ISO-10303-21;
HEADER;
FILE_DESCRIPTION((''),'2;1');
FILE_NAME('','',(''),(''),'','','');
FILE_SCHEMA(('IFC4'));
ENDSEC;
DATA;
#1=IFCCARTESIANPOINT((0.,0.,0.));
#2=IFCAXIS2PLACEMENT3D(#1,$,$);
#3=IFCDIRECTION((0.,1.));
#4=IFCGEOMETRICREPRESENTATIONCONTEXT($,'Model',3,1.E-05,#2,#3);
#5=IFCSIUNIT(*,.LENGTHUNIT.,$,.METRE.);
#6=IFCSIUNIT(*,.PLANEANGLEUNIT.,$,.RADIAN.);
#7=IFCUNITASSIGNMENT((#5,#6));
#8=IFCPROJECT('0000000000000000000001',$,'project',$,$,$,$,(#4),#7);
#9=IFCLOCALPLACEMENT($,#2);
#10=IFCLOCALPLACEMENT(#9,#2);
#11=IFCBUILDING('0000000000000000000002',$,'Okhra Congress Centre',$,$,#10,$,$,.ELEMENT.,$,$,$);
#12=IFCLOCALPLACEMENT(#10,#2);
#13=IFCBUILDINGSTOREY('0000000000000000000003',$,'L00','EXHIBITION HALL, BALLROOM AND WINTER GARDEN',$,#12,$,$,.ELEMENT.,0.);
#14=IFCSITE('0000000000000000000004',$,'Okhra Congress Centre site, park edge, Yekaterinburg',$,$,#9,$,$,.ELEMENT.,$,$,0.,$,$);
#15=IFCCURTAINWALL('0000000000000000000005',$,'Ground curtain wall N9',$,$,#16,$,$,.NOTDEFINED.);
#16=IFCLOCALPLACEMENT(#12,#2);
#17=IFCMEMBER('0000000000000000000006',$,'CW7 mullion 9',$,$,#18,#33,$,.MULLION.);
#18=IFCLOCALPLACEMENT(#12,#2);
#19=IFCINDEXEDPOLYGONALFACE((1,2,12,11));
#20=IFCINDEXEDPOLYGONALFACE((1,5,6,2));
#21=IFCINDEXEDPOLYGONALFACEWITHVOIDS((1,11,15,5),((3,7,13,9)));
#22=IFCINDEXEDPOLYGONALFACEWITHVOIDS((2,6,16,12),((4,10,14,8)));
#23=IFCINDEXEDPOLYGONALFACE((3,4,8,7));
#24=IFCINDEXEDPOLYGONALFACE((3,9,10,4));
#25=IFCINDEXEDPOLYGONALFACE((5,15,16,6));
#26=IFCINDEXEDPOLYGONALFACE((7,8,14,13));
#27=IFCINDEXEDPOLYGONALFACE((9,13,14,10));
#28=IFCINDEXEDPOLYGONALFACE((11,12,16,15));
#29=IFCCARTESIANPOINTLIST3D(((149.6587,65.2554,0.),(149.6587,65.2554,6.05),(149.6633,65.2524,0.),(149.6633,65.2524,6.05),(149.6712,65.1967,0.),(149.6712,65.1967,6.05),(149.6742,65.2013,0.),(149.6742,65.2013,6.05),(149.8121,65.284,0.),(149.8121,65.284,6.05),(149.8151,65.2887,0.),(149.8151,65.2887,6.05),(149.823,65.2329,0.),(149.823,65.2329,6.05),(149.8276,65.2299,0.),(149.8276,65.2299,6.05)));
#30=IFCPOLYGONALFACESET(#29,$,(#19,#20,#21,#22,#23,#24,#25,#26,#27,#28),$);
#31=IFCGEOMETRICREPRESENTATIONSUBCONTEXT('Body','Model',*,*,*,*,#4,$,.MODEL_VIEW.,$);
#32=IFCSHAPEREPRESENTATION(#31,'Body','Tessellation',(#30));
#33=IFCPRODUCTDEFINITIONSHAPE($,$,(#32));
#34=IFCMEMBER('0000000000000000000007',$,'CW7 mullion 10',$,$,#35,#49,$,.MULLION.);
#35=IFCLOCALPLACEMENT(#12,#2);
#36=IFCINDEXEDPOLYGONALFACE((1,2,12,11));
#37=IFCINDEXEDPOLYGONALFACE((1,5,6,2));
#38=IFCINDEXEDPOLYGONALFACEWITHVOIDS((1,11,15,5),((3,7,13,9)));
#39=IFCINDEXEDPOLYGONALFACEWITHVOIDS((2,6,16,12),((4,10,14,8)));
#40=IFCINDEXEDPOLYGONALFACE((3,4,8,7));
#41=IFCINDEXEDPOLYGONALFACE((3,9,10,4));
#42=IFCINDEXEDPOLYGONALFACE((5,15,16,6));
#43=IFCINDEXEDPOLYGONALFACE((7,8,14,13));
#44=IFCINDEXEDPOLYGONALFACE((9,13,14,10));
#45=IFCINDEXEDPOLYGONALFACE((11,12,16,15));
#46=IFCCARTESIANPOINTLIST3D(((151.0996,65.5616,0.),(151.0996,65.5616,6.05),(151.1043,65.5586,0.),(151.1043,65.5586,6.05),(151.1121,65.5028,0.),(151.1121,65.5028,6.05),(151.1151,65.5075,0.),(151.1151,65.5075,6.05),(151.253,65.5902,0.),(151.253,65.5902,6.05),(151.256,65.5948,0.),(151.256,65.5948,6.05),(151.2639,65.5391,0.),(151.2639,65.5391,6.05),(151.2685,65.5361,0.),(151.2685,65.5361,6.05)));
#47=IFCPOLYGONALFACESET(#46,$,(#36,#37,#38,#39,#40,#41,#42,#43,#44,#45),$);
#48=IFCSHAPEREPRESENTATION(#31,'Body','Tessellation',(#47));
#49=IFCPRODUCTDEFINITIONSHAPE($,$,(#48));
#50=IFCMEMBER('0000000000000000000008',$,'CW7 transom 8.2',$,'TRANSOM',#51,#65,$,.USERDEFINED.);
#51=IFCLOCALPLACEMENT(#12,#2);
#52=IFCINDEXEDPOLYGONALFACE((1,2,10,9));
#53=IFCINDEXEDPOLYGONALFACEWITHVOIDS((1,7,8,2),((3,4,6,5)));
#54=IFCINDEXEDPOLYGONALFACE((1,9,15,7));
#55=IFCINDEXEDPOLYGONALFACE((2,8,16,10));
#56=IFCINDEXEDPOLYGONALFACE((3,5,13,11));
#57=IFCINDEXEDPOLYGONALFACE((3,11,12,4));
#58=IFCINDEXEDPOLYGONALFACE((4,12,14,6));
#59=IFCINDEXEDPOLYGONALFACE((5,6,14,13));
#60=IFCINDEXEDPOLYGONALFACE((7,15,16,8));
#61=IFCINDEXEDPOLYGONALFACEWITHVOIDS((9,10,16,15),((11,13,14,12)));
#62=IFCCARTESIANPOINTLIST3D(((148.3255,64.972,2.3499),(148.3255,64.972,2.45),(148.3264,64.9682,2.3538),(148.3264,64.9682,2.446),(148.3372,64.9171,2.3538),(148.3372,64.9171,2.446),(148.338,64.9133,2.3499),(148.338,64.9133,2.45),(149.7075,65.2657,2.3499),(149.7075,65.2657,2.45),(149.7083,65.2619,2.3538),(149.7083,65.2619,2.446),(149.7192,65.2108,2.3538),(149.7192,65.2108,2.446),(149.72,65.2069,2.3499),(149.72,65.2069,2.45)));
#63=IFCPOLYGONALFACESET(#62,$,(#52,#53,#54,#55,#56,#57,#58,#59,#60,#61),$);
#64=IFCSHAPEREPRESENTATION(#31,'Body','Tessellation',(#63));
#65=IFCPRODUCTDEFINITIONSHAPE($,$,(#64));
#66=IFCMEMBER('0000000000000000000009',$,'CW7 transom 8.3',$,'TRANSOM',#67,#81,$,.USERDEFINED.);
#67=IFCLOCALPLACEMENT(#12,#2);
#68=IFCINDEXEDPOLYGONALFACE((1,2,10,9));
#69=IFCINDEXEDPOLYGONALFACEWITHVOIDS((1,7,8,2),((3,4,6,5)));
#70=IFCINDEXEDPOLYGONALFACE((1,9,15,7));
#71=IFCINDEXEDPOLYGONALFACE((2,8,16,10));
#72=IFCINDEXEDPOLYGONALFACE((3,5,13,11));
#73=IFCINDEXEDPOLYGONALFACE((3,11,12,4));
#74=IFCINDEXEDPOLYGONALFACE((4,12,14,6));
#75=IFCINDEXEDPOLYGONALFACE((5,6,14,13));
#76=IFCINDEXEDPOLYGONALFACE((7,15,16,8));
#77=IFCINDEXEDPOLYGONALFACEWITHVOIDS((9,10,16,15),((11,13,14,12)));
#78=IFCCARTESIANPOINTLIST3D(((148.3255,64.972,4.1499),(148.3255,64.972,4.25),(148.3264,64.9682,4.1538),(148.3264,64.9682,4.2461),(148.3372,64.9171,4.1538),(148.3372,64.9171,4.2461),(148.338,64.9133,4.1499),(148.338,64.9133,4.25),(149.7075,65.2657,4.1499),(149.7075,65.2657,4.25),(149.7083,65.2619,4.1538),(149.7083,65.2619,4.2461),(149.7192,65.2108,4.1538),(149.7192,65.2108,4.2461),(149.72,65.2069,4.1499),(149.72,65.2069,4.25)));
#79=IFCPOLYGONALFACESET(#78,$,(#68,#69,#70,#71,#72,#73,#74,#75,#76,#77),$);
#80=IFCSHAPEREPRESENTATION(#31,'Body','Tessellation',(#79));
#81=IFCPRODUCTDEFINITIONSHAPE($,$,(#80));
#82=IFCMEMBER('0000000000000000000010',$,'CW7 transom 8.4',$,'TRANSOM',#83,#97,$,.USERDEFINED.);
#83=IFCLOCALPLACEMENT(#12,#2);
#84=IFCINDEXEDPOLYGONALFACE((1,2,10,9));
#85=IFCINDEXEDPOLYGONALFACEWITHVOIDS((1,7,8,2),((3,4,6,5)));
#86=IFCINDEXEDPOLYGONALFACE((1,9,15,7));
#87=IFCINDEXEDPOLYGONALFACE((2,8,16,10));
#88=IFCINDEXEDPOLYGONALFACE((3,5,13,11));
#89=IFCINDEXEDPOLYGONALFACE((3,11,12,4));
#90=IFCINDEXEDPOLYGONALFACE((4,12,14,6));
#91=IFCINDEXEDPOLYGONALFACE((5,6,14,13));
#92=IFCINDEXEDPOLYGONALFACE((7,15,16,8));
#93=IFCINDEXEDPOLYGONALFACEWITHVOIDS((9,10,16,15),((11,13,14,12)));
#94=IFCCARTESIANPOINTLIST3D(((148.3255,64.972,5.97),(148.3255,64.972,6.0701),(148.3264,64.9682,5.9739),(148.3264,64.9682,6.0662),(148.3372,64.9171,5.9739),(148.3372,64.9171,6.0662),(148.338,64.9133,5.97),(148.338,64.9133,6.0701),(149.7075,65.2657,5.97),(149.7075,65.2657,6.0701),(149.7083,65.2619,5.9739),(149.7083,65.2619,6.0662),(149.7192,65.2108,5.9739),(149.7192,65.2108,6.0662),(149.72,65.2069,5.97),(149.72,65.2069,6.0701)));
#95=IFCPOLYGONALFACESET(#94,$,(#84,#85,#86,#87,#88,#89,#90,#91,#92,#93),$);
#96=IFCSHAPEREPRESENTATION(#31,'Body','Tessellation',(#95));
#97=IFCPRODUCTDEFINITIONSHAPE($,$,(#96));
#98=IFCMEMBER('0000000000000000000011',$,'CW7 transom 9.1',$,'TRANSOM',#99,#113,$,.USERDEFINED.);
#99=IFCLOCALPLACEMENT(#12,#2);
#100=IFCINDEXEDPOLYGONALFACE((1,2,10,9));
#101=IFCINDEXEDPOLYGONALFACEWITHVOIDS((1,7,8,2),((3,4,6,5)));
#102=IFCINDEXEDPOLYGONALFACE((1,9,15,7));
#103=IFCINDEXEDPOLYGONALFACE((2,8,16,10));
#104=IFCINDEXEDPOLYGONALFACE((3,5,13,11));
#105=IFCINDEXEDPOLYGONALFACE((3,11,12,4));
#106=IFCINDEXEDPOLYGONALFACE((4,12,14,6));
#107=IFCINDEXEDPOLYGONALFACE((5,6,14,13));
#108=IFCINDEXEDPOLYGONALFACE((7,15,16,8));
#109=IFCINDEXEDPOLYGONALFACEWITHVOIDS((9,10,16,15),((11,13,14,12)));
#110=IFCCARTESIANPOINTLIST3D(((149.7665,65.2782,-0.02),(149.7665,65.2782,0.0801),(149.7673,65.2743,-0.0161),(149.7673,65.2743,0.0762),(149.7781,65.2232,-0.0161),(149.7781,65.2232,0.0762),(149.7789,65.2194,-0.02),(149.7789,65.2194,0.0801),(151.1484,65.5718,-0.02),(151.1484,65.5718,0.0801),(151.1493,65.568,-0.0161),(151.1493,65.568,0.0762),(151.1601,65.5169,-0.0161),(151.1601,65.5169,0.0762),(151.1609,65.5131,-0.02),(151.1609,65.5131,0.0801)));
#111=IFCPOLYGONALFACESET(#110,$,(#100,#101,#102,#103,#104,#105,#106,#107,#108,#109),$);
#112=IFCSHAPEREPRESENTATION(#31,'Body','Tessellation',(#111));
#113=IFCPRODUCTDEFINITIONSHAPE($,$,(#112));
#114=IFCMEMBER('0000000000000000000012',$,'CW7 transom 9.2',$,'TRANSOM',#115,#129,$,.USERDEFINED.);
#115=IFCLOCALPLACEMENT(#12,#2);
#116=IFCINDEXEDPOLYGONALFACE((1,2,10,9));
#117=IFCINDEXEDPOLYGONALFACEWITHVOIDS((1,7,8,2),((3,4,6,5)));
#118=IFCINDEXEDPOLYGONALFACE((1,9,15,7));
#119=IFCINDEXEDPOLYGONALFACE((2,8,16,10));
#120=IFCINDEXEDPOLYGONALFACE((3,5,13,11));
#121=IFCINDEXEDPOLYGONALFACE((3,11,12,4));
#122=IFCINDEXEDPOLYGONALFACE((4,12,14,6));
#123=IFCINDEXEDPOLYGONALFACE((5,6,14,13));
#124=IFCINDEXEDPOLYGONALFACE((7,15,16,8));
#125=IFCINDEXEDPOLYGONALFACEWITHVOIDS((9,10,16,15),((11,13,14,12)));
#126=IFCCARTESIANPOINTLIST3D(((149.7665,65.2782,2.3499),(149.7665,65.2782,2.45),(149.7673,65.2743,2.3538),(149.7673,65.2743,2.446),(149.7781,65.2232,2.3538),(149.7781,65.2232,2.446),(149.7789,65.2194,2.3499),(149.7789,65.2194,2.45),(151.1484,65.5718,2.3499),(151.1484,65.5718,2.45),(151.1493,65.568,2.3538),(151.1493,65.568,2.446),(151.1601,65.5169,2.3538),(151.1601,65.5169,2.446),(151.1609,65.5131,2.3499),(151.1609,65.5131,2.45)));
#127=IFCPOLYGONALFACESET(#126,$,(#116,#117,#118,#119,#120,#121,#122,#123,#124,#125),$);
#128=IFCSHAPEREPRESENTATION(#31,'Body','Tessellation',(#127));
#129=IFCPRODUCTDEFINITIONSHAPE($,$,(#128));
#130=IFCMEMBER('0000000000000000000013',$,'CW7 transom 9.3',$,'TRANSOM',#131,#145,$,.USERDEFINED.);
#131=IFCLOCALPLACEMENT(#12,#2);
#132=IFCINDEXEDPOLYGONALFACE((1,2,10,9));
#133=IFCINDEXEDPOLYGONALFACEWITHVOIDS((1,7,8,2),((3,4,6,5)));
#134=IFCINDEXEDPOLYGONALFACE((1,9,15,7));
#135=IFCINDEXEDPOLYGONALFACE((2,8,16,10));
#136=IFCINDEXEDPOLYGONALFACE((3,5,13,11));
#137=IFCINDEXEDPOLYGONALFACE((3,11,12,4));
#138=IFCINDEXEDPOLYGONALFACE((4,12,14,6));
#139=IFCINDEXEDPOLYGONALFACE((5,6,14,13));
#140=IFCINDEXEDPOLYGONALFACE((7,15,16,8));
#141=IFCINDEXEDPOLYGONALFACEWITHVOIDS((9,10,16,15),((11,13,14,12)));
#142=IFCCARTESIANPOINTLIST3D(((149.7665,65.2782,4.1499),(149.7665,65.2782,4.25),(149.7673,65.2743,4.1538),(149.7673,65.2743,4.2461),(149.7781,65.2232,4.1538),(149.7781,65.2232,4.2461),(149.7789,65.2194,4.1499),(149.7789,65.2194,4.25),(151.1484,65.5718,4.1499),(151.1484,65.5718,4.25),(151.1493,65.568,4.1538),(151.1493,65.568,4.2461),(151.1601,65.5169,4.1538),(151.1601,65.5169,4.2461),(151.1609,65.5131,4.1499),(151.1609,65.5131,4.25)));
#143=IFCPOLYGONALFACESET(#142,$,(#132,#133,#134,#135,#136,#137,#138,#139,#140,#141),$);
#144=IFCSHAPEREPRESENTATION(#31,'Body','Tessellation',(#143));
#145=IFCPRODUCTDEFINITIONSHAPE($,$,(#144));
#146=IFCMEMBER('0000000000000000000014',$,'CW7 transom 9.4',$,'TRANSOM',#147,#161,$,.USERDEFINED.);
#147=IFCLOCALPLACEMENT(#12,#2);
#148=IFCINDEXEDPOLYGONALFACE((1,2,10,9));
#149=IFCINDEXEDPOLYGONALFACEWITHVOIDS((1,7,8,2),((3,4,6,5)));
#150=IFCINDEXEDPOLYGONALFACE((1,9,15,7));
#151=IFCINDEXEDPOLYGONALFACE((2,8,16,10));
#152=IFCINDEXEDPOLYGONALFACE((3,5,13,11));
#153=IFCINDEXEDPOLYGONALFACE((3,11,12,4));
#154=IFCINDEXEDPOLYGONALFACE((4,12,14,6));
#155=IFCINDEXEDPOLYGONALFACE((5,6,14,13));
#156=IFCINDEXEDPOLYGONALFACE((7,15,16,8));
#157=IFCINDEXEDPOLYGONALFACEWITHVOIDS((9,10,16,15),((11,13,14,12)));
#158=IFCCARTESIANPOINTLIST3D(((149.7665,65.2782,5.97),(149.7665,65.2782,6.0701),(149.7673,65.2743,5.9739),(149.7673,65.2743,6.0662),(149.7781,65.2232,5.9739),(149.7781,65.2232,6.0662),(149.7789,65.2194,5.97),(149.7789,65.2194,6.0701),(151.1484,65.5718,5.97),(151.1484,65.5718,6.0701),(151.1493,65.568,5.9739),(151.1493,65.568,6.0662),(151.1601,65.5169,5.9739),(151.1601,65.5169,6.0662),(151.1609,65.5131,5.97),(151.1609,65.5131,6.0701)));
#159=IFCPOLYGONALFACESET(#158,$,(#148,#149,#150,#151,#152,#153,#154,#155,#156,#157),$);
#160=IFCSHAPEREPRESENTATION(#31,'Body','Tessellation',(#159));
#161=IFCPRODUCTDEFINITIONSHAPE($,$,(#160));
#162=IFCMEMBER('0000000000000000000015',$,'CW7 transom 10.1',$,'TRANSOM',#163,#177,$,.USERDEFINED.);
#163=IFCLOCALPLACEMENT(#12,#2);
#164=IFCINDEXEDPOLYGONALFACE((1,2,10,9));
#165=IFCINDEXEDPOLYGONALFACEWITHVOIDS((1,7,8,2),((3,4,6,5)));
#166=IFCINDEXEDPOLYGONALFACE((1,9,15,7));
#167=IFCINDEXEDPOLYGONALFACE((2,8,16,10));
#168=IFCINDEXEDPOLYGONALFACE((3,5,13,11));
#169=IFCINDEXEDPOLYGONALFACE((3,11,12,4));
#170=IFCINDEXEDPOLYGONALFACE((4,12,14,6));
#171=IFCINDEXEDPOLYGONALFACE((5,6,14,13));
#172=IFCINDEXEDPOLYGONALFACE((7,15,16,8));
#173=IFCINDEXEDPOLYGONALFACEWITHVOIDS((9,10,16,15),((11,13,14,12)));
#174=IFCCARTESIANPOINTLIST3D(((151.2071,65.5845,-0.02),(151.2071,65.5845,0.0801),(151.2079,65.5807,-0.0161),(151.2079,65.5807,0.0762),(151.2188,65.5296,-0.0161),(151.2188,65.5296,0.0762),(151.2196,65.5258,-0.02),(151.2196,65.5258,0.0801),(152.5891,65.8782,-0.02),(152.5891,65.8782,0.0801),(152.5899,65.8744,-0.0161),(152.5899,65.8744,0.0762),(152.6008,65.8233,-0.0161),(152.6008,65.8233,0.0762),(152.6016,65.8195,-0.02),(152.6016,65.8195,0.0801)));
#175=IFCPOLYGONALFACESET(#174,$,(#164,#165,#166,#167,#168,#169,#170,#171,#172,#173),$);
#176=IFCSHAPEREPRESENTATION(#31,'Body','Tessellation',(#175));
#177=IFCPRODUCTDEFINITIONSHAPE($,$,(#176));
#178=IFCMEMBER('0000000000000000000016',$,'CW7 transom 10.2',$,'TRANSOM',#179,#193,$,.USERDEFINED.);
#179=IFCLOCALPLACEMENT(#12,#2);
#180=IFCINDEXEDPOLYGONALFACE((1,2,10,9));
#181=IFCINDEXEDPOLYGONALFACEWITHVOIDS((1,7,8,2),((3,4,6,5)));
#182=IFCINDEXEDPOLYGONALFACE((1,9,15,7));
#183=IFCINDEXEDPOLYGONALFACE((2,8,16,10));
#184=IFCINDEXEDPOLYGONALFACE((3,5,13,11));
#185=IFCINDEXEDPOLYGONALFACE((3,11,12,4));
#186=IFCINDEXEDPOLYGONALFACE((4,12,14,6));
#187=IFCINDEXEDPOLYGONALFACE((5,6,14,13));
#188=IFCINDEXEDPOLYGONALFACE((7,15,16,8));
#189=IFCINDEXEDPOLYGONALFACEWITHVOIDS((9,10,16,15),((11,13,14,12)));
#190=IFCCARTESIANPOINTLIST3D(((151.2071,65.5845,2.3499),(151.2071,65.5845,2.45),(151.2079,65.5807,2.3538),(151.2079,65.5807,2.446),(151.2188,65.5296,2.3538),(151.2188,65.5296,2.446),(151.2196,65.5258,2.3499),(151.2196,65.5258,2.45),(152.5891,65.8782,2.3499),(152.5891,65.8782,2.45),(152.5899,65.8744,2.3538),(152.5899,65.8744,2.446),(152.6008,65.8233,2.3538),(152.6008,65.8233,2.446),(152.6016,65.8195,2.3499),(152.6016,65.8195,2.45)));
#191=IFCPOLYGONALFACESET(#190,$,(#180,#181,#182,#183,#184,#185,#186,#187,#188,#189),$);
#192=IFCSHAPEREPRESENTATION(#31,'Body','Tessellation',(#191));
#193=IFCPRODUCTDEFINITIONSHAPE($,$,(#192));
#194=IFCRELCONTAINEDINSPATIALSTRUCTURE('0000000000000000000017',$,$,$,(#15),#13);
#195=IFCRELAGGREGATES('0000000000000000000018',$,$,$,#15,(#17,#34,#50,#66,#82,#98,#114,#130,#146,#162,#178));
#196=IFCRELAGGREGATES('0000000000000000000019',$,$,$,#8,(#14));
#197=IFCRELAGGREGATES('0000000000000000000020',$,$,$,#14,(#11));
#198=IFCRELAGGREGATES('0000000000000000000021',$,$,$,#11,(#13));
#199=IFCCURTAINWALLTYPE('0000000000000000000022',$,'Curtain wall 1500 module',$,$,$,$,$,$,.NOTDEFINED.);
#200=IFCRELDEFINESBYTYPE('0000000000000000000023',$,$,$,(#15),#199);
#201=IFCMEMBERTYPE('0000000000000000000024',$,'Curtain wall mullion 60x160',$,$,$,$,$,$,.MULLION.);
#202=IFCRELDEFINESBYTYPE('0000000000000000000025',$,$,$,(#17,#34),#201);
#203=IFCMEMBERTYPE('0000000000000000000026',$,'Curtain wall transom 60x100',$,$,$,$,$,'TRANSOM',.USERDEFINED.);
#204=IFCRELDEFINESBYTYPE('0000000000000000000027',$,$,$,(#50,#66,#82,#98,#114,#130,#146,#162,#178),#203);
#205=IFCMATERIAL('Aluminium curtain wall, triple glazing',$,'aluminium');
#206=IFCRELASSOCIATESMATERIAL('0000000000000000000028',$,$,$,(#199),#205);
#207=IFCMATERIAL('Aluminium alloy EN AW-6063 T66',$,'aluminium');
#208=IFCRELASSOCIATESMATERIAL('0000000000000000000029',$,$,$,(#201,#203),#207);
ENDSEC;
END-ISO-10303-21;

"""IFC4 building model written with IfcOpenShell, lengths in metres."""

from ifc_helpers import new_model, si_unit, direction, frame, origin, origin_2d, place, context, subcontext, project, spatial, hollow_rectangle, extrude, material, material_profile, profile_set, type_object, element, aggregate, save


model = new_model("IFC4")

# Units and contexts
model_context = context("Model", 3, precision=1e-05, world=origin(), true_north=direction((0.0, 1.0)))
body_context = subcontext(model_context, "Body", "Model", "MODEL_VIEW")
ifc_project = project(units=[si_unit("LENGTHUNIT", "METRE"), si_unit("PLANEANGLEUNIT", "RADIAN")], contexts=[model_context])

# Site, building, storey
site_placement = place(None, origin())
site = spatial("IfcSite", under=ifc_project, at=site_placement, Name="Okhra Congress Centre site, park edge, Yekaterinburg", CompositionType="ELEMENT", RefElevation=0.0)
building_placement = place(site_placement, origin())
building = spatial("IfcBuilding", under=site, at=building_placement, Name="Okhra Congress Centre", CompositionType="ELEMENT")
storey_placement = place(building_placement, origin())
storey = spatial("IfcBuildingStorey", under=building, at=storey_placement, Name="L00", Description="EXHIBITION HALL, BALLROOM AND WINTER GARDEN", CompositionType="ELEMENT", Elevation=0.0)

# Curtain wall, members
ifc_material_1 = material(Name="Aluminium curtain wall, triple glazing", Category="aluminium")
curtain_wall_type = type_object("IfcCurtainWallType", Name="Curtain wall 1500 module", PredefinedType="NOTDEFINED", material=ifc_material_1)
curtain_wall_placement = place(storey_placement, origin())
curtain_wall = element("IfcCurtainWall", 1, at=curtain_wall_placement, inside=storey, type_object=curtain_wall_type, Name="Ground curtain wall N9", PredefinedType="NOTDEFINED")
ifc_material_2 = material(Name="Aluminium alloy EN AW-6063 T66", Category="aluminium")
ifc_material_profile_1 = material_profile(ifc_material_2, hollow_rectangle(XDim=0.0601, YDim=0.1599, WallThickness=0.0039, at=origin_2d()), Name="RHS 60x160x4")
ifc_profile_set_1 = profile_set([ifc_material_profile_1], Name="Aluminium alloy EN AW-6063 T66")
member_type_1 = type_object("IfcMemberType", Name="Curtain wall mullion 60x160", PredefinedType="MULLION", material=ifc_profile_set_1)
member_1_placement = place(storey_placement, frame((149.7432, 65.2427, 0.0), z_axis=(0.0, 0.0, 1.0), x_axis=(-0.207912, 0.978148, 0.0)))
member_1 = element("IfcMember", 2, at=member_1_placement, type_object=member_type_1, Name="CW7 mullion 9", PredefinedType="MULLION", context=body_context, shape_type="SweptSolid", body=[
    extrude(hollow_rectangle(XDim=0.0601, YDim=0.1599, WallThickness=0.0039, at=origin_2d()), origin(), (0.0, 0.0, 1.0), 6.05),
])
member_2_placement = place(storey_placement, frame((151.1841, 65.5488, 0.0), z_axis=(0.0, 0.0, 1.0), x_axis=(-0.207912, 0.978148, 0.0)))
member_2 = element("IfcMember", 3, at=member_2_placement, type_object=member_type_1, Name="CW7 mullion 10", PredefinedType="MULLION", context=body_context, shape_type="SweptSolid", body=[
    extrude(hollow_rectangle(XDim=0.0601, YDim=0.1599, WallThickness=0.0039, at=origin_2d()), origin(), (0.0, 0.0, 1.0), 6.05),
])
ifc_material_profile_2 = material_profile(ifc_material_2, hollow_rectangle(XDim=0.0601, YDim=0.1001, WallThickness=0.0039, at=origin_2d()), Name="RHS 60x100x4")
ifc_profile_set_2 = profile_set([ifc_material_profile_2], Name="Aluminium alloy EN AW-6063 T66")
member_type_2 = type_object("IfcMemberType", Name="Curtain wall transom 60x100", ElementType="TRANSOM", PredefinedType="USERDEFINED", material=ifc_profile_set_2)
member_3_placement = place(storey_placement, frame((148.3318, 64.9426, 2.3999), z_axis=(0.978158, 0.207865, 0.0), x_axis=(-0.207865, 0.978158, 0.0)))
member_3 = element("IfcMember", 4, at=member_3_placement, type_object=member_type_2, Name="CW7 transom 8.2", ObjectType="TRANSOM", PredefinedType="USERDEFINED", context=body_context, shape_type="SweptSolid", body=[
    extrude(hollow_rectangle(XDim=0.0601, YDim=0.1001, WallThickness=0.0039, at=origin_2d()), origin(), (0.0, 0.0, 1.0), 1.4128),
])
member_4_placement = place(storey_placement, frame((148.3318, 64.9426, 4.2), z_axis=(0.978158, 0.207865, 0.0), x_axis=(-0.207865, 0.978158, 0.0)))
member_4 = element("IfcMember", 5, at=member_4_placement, type_object=member_type_2, Name="CW7 transom 8.3", ObjectType="TRANSOM", PredefinedType="USERDEFINED", context=body_context, shape_type="SweptSolid", body=[
    extrude(hollow_rectangle(XDim=0.0601, YDim=0.1001, WallThickness=0.0039, at=origin_2d()), origin(), (0.0, 0.0, 1.0), 1.4128),
])
member_5_placement = place(storey_placement, frame((148.3318, 64.9426, 6.02), z_axis=(0.978158, 0.207865, 0.0), x_axis=(-0.207865, 0.978158, 0.0)))
member_5 = element("IfcMember", 6, at=member_5_placement, type_object=member_type_2, Name="CW7 transom 8.4", ObjectType="TRANSOM", PredefinedType="USERDEFINED", context=body_context, shape_type="SweptSolid", body=[
    extrude(hollow_rectangle(XDim=0.0601, YDim=0.1001, WallThickness=0.0039, at=origin_2d()), origin(), (0.0, 0.0, 1.0), 1.4128),
])
member_6_placement = place(storey_placement, frame((149.7727, 65.2488, 0.03), z_axis=(0.978158, 0.207865, 0.0), x_axis=(-0.207865, 0.978158, 0.0)))
member_6 = element("IfcMember", 7, at=member_6_placement, type_object=member_type_2, Name="CW7 transom 9.1", ObjectType="TRANSOM", PredefinedType="USERDEFINED", context=body_context, shape_type="SweptSolid", body=[
    extrude(hollow_rectangle(XDim=0.0601, YDim=0.1001, WallThickness=0.0039, at=origin_2d()), origin(), (0.0, 0.0, 1.0), 1.4128),
])
member_7_placement = place(storey_placement, frame((149.7727, 65.2488, 2.3999), z_axis=(0.978158, 0.207865, 0.0), x_axis=(-0.207865, 0.978158, 0.0)))
member_7 = element("IfcMember", 8, at=member_7_placement, type_object=member_type_2, Name="CW7 transom 9.2", ObjectType="TRANSOM", PredefinedType="USERDEFINED", context=body_context, shape_type="SweptSolid", body=[
    extrude(hollow_rectangle(XDim=0.0601, YDim=0.1001, WallThickness=0.0039, at=origin_2d()), origin(), (0.0, 0.0, 1.0), 1.4128),
])
member_8_placement = place(storey_placement, frame((149.7727, 65.2488, 4.2), z_axis=(0.978158, 0.207865, 0.0), x_axis=(-0.207865, 0.978158, 0.0)))
member_8 = element("IfcMember", 9, at=member_8_placement, type_object=member_type_2, Name="CW7 transom 9.3", ObjectType="TRANSOM", PredefinedType="USERDEFINED", context=body_context, shape_type="SweptSolid", body=[
    extrude(hollow_rectangle(XDim=0.0601, YDim=0.1001, WallThickness=0.0039, at=origin_2d()), origin(), (0.0, 0.0, 1.0), 1.4128),
])
member_9_placement = place(storey_placement, frame((149.7727, 65.2488, 6.02), z_axis=(0.978158, 0.207865, 0.0), x_axis=(-0.207865, 0.978158, 0.0)))
member_9 = element("IfcMember", 10, at=member_9_placement, type_object=member_type_2, Name="CW7 transom 9.4", ObjectType="TRANSOM", PredefinedType="USERDEFINED", context=body_context, shape_type="SweptSolid", body=[
    extrude(hollow_rectangle(XDim=0.0601, YDim=0.1001, WallThickness=0.0039, at=origin_2d()), origin(), (0.0, 0.0, 1.0), 1.4128),
])
member_10_placement = place(storey_placement, frame((151.2134, 65.5552, 0.03), z_axis=(0.978158, 0.207865, 0.0), x_axis=(-0.207865, 0.978158, 0.0)))
member_10 = element("IfcMember", 11, at=member_10_placement, type_object=member_type_2, Name="CW7 transom 10.1", ObjectType="TRANSOM", PredefinedType="USERDEFINED", context=body_context, shape_type="SweptSolid", body=[
    extrude(hollow_rectangle(XDim=0.0601, YDim=0.1001, WallThickness=0.0039, at=origin_2d()), origin(), (0.0, 0.0, 1.0), 1.4128),
])
member_11_placement = place(storey_placement, frame((151.2134, 65.5552, 2.3999), z_axis=(0.978158, 0.207865, 0.0), x_axis=(-0.207865, 0.978158, 0.0)))
member_11 = element("IfcMember", 12, at=member_11_placement, type_object=member_type_2, Name="CW7 transom 10.2", ObjectType="TRANSOM", PredefinedType="USERDEFINED", context=body_context, shape_type="SweptSolid", body=[
    extrude(hollow_rectangle(XDim=0.0601, YDim=0.1001, WallThickness=0.0039, at=origin_2d()), origin(), (0.0, 0.0, 1.0), 1.4128),
])
aggregate(curtain_wall, [member_1, member_2, member_3, member_4, member_5, member_6, member_7, member_8, member_9, member_10, member_11])

save(model, "model.ifc")
